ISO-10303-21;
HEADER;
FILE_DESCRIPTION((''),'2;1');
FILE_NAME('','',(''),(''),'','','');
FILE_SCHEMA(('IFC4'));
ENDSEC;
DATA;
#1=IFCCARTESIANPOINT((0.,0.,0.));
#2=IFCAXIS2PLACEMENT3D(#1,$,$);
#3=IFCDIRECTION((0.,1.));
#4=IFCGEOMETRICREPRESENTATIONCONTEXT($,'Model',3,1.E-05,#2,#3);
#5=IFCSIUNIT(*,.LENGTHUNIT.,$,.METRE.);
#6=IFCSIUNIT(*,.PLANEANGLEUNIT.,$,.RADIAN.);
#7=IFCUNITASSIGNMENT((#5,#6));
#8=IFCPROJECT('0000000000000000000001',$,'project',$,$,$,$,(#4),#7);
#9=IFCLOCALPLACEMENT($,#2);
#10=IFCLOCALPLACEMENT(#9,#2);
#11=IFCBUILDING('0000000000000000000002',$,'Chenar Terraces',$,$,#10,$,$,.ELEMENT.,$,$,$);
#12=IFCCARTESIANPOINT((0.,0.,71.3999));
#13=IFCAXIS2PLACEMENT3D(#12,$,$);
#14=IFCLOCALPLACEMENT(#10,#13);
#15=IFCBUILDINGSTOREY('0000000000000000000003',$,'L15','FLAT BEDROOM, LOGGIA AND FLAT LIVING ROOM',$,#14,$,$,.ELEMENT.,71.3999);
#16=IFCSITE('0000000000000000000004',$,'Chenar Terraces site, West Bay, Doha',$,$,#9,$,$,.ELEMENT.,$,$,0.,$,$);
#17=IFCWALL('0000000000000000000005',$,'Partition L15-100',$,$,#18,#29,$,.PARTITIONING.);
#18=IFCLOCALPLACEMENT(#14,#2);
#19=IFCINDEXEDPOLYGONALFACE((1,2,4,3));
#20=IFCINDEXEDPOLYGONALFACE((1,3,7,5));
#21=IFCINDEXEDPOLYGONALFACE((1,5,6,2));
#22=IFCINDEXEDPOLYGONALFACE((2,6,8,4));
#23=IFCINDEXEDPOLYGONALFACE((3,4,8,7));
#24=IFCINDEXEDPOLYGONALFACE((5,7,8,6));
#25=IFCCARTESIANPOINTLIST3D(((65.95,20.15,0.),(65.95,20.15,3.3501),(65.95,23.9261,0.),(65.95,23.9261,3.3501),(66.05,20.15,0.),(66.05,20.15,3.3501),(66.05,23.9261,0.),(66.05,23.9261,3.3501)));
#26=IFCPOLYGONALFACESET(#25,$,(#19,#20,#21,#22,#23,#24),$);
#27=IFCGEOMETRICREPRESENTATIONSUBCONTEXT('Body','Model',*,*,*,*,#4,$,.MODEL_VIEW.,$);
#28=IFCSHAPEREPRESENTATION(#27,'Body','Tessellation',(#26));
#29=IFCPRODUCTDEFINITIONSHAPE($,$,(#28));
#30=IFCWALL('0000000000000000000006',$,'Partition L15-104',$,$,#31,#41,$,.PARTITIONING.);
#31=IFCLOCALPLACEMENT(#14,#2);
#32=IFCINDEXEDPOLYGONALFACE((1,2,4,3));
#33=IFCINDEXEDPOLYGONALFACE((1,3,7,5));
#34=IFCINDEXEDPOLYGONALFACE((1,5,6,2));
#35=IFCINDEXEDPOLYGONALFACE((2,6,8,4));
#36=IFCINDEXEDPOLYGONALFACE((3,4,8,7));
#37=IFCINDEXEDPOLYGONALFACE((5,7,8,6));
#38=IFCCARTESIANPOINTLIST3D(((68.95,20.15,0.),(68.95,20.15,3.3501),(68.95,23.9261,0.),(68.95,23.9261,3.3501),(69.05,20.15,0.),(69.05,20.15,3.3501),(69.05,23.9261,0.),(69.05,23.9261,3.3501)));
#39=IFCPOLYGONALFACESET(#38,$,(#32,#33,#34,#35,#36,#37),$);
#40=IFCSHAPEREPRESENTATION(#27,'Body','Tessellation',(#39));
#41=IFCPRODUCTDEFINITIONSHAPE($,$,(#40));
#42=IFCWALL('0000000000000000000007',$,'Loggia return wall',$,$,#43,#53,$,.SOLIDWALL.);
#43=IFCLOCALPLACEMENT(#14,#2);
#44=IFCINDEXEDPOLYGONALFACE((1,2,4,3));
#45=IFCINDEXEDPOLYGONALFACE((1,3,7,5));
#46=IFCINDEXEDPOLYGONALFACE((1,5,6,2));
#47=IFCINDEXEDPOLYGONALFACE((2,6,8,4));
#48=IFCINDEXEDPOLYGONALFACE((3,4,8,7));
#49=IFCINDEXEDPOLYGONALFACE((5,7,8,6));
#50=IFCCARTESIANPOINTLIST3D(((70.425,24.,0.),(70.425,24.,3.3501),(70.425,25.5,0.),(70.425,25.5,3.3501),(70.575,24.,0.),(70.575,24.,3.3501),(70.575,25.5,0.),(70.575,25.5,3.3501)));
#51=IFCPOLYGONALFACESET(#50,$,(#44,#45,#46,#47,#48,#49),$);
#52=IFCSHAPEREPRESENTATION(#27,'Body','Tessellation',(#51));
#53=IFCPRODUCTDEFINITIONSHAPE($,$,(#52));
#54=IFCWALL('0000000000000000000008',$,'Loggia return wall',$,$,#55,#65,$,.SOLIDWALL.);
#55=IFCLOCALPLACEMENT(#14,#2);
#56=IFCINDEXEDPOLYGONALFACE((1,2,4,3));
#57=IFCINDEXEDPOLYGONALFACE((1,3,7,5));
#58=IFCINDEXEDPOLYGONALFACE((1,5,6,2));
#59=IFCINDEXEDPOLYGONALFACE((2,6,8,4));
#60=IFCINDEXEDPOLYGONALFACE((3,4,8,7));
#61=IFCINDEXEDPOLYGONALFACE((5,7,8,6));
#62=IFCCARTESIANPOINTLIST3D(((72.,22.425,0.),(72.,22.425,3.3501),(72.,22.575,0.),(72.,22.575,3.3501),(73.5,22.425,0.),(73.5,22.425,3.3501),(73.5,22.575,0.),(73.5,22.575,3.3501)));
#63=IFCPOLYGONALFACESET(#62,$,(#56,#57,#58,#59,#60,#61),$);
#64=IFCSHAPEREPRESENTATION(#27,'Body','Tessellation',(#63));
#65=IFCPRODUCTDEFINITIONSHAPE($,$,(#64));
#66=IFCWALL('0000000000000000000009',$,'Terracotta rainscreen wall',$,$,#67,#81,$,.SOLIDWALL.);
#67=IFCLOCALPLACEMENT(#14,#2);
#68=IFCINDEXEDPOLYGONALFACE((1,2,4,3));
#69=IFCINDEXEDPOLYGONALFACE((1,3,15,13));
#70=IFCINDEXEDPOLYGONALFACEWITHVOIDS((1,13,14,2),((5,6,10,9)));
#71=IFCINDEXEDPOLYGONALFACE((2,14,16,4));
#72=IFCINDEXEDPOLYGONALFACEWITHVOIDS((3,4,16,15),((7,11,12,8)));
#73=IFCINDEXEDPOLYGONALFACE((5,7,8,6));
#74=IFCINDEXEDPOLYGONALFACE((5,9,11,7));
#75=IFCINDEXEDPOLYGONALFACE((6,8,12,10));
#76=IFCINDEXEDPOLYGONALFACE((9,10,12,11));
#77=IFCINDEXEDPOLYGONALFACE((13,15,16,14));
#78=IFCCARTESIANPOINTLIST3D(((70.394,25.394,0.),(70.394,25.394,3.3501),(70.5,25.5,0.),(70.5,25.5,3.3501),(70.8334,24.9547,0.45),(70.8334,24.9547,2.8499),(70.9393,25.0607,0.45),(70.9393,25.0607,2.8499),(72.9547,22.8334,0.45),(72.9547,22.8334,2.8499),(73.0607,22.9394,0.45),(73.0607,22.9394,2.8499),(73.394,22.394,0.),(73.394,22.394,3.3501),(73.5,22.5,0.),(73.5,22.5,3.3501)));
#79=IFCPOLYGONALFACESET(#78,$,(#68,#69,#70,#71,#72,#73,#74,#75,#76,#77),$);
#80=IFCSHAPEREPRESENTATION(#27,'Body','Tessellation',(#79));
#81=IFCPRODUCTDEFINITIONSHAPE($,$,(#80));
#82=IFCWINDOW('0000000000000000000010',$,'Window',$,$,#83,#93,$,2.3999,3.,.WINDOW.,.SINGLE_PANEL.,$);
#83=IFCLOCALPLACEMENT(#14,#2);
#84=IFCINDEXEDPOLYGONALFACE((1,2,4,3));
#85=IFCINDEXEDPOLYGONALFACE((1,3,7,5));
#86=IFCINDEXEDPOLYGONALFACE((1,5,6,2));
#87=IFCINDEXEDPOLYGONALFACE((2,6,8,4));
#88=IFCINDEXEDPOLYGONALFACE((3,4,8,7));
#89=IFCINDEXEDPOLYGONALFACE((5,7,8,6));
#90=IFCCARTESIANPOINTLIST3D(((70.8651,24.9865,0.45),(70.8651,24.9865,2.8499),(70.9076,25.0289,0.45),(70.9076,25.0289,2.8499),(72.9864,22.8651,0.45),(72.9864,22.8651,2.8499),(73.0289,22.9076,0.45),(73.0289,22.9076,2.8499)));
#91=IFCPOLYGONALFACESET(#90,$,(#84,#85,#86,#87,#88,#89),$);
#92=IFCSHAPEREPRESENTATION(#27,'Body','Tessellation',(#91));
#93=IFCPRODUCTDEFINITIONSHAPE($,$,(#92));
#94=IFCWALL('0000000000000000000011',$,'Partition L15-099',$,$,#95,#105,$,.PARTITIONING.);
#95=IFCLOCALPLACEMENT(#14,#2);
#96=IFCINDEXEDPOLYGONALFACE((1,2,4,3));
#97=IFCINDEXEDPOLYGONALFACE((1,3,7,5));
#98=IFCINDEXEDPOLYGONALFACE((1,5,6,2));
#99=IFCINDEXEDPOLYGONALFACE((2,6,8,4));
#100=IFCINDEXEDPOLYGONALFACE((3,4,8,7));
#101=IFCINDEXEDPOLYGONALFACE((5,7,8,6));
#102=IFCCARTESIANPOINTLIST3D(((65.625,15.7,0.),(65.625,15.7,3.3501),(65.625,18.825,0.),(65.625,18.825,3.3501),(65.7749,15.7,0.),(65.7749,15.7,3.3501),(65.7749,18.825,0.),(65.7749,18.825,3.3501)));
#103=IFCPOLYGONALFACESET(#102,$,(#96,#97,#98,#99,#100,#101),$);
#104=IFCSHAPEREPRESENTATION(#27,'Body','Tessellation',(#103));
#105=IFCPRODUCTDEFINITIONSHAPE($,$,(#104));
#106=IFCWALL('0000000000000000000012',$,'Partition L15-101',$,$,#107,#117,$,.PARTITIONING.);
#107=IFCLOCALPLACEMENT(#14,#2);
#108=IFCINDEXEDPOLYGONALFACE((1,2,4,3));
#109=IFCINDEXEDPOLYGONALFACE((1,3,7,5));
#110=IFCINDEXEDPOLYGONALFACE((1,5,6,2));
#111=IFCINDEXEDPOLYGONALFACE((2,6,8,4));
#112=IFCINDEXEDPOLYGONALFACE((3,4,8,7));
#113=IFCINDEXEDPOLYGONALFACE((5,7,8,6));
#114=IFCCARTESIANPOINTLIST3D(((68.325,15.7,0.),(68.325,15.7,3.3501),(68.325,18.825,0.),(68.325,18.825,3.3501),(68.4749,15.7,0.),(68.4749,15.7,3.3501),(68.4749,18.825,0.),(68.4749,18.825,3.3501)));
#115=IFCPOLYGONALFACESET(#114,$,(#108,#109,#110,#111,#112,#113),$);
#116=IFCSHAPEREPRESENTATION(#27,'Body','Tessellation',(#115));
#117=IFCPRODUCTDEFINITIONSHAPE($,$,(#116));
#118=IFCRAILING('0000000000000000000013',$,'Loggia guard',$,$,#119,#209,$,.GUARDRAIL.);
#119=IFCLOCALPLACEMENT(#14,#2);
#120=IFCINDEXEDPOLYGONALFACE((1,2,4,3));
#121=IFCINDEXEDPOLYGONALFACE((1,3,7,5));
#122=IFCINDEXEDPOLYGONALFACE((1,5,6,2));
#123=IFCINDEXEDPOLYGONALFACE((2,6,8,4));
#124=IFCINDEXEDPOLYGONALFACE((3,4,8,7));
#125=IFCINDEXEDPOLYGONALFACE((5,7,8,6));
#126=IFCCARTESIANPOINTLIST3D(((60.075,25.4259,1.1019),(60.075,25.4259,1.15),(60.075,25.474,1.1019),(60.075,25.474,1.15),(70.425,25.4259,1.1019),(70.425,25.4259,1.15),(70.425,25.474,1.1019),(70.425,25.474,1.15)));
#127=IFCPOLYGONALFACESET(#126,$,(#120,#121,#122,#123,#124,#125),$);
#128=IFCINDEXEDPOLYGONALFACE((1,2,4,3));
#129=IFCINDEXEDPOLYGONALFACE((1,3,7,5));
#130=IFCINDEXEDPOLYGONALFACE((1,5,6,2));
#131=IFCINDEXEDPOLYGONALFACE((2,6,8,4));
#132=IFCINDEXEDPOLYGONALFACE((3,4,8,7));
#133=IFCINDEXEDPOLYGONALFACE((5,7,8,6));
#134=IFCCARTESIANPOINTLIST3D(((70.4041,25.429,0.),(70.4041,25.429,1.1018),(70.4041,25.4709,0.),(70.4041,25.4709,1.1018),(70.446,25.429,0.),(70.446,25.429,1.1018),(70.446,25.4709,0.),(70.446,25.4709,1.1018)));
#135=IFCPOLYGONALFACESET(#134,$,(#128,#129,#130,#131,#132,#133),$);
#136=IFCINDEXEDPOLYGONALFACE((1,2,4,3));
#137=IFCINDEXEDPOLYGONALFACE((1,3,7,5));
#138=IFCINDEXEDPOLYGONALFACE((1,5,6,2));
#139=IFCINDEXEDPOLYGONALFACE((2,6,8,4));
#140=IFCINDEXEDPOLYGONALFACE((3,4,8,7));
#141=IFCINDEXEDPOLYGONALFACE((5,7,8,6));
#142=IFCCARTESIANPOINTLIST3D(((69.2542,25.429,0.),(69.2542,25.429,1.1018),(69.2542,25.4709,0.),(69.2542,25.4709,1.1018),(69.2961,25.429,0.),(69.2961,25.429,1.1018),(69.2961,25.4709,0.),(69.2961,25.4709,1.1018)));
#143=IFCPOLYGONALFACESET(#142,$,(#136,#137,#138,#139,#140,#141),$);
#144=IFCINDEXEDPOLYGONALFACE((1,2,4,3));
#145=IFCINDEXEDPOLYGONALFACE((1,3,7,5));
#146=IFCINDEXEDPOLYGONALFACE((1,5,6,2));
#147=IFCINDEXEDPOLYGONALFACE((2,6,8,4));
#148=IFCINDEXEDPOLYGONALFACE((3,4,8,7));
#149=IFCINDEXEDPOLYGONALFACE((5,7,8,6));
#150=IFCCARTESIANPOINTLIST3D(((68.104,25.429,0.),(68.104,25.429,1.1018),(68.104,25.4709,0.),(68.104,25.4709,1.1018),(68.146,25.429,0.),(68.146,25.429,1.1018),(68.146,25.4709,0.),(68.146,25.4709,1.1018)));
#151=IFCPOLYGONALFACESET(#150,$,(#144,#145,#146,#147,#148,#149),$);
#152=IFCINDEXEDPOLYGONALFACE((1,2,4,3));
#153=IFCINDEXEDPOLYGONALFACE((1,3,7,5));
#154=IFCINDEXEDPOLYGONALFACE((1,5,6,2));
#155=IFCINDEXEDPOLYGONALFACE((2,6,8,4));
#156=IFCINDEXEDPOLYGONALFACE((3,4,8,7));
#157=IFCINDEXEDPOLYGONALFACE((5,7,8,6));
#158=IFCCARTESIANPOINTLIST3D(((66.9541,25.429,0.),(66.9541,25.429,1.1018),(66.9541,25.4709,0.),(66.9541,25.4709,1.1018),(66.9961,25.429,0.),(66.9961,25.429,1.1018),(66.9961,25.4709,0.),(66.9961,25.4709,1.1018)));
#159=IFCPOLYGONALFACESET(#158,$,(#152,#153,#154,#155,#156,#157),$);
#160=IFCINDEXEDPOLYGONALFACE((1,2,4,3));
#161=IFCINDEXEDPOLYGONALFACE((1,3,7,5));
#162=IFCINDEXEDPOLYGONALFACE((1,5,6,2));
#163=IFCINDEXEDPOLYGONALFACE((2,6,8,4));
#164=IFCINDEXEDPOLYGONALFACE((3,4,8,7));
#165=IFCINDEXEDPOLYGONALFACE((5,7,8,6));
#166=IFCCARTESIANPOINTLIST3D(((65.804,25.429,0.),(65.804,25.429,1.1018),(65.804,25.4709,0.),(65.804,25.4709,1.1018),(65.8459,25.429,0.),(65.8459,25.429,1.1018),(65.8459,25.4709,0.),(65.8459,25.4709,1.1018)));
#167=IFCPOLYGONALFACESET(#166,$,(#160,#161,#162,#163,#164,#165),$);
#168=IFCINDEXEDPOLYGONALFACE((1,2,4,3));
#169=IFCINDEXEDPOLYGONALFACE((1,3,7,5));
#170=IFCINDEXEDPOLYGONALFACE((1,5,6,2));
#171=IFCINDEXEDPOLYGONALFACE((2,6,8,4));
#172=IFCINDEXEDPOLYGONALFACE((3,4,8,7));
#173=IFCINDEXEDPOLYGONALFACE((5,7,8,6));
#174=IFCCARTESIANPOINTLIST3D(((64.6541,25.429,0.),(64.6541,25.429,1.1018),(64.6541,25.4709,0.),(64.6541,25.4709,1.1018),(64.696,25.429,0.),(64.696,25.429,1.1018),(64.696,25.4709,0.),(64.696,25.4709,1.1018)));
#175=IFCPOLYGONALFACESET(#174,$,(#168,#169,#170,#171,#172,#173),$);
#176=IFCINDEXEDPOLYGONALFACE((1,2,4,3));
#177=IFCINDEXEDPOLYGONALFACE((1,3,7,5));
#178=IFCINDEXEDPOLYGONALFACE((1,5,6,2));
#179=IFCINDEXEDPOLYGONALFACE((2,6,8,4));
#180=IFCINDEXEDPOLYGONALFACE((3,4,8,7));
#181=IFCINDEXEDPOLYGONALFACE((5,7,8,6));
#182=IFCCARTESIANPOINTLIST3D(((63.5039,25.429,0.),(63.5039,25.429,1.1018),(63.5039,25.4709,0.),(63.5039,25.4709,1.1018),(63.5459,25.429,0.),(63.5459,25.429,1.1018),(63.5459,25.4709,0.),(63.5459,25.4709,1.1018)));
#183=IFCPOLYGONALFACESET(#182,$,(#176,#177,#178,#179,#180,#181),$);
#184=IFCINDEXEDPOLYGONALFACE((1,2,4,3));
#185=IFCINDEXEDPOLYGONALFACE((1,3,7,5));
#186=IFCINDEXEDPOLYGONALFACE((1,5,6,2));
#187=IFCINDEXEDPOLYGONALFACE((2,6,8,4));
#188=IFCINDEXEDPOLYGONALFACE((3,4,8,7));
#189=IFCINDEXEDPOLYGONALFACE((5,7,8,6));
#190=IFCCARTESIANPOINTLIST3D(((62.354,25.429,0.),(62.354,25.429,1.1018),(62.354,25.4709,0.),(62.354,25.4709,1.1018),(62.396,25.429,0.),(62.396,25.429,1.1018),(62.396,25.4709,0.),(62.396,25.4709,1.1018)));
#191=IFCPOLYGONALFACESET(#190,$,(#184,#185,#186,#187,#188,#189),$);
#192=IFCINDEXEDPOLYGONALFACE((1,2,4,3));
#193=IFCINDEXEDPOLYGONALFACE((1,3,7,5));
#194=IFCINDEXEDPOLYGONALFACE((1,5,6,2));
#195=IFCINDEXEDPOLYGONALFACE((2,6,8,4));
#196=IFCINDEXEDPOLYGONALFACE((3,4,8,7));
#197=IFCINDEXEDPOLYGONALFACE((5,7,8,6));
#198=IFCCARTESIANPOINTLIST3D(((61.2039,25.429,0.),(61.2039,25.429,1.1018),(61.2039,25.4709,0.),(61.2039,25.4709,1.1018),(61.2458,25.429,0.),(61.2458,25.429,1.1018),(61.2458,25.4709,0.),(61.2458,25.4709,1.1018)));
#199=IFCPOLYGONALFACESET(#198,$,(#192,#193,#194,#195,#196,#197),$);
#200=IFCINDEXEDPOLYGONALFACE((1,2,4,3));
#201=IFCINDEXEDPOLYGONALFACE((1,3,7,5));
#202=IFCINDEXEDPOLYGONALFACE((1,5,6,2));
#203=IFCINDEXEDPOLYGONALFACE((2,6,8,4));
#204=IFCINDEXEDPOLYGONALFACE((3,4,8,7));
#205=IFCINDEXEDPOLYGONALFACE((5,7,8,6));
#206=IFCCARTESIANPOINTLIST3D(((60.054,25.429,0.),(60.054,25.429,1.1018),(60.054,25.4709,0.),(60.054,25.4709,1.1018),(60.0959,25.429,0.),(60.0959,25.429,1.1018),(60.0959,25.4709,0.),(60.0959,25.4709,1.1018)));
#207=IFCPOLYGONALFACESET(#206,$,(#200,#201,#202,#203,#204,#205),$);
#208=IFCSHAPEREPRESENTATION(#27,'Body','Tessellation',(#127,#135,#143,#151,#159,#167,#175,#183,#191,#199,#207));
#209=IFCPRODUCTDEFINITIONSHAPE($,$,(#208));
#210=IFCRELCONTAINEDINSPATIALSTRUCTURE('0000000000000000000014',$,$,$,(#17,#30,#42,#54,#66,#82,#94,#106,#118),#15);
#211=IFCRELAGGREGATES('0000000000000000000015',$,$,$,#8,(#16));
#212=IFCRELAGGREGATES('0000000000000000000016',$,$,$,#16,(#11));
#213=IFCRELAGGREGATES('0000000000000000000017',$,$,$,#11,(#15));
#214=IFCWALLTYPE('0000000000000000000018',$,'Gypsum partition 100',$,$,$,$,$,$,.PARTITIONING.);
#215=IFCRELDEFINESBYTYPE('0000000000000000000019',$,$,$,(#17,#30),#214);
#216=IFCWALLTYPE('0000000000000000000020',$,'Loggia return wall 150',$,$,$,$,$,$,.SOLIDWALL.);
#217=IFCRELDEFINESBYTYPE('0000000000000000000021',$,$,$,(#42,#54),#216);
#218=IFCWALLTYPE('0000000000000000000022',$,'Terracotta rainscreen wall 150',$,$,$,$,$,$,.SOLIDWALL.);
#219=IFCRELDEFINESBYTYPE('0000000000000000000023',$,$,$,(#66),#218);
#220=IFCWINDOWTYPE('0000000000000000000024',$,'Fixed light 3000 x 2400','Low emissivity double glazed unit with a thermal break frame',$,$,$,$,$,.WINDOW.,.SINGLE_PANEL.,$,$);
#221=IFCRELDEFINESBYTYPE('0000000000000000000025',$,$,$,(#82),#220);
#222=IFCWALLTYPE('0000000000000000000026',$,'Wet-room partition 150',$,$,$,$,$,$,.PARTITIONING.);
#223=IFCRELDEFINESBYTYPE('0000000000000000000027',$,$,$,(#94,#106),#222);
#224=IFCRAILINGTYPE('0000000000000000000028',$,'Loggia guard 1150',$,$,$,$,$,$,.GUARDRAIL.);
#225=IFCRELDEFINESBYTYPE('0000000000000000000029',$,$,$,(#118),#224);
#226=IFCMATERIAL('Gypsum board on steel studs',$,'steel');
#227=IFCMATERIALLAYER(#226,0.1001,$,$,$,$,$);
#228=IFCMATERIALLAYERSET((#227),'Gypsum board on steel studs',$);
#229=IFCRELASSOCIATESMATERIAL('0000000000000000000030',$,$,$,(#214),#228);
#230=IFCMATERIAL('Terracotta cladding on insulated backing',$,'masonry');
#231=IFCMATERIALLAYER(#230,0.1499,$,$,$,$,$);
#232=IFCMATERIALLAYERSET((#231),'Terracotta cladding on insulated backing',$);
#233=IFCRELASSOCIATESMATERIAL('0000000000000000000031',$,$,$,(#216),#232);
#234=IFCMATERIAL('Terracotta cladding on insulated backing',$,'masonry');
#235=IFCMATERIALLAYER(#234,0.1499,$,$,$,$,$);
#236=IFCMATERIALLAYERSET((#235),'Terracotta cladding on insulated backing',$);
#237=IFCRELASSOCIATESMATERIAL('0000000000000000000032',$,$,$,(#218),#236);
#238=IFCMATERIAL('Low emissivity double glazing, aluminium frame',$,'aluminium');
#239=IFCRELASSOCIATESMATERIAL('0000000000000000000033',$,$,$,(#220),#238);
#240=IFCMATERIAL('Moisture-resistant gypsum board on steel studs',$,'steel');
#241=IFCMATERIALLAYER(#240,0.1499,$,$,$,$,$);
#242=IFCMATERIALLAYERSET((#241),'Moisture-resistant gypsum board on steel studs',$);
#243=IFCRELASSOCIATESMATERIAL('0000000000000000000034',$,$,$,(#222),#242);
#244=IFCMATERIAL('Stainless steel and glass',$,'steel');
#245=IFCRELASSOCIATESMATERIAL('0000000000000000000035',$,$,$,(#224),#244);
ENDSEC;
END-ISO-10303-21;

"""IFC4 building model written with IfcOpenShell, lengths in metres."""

from ifc_helpers import new_model, si_unit, direction, frame, frame_2d, origin, origin_2d, place, context, subcontext, project, spatial, rectangle, extrude, material, layer, layer_set, type_object, element, fill, save


model = new_model("IFC4")

# Units and contexts
model_context = context("Model", 3, precision=1e-05, world=origin(), true_north=direction((0.0, 1.0)))
body_context = subcontext(model_context, "Body", "Model", "MODEL_VIEW")
ifc_project = project(units=[si_unit("LENGTHUNIT", "METRE"), si_unit("PLANEANGLEUNIT", "RADIAN")], contexts=[model_context])

# Site, building, storey
site_placement = place(None, origin())
site = spatial("IfcSite", under=ifc_project, at=site_placement, Name="Chenar Terraces site, West Bay, Doha", CompositionType="ELEMENT", RefElevation=0.0)
building_placement = place(site_placement, origin())
building = spatial("IfcBuilding", under=site, at=building_placement, Name="Chenar Terraces", CompositionType="ELEMENT")
storey_placement = place(building_placement, frame((0.0, 0.0, 71.3999)))
storey = spatial("IfcBuildingStorey", under=building, at=storey_placement, Name="L15", Description="FLAT BEDROOM, LOGGIA AND FLAT LIVING ROOM", CompositionType="ELEMENT", Elevation=71.3999)

# Walls
ifc_material_1 = material(Name="Gypsum board on steel studs", Category="steel")
ifc_layer_1 = layer(ifc_material_1, 0.1001)
ifc_layer_set_1 = layer_set([ifc_layer_1], Name="Gypsum board on steel studs")
wall_type_1 = type_object("IfcWallType", Name="Gypsum partition 100", PredefinedType="PARTITIONING", material=ifc_layer_set_1)
for number, where, z_axis, x_axis, name in (
    (1, (66.0, 20.1499, 0.0), (0.0, 0.0, 1.0), (0.0, 1.0, 0.0), "Partition L15-100"),
    (2, (69.0, 20.1499, 0.0), (0.0, 0.0, 1.0), (0.0, 1.0, 0.0), "Partition L15-104"),
):
    element("IfcWall", number, at=place(storey_placement, frame(where, z_axis=z_axis, x_axis=x_axis)), inside=storey, type_object=wall_type_1, Name=name, PredefinedType="PARTITIONING", context=body_context, shape_type="SweptSolid", body=[
        extrude(rectangle(XDim=3.7761, YDim=0.1001, at=frame_2d((1.8882, 0.0))), origin(), (0.0, 0.0, 1.0), 3.3501),
    ])
ifc_material_2 = material(Name="Terracotta cladding on insulated backing", Category="masonry")
ifc_layer_2 = layer(ifc_material_2, 0.1499)
ifc_layer_set_2 = layer_set([ifc_layer_2], Name="Terracotta cladding on insulated backing")
wall_type_2 = type_object("IfcWallType", Name="Loggia return wall 150", PredefinedType="SOLIDWALL", material=ifc_layer_set_2)
for number, where, z_axis, x_axis, name in (
    (3, (70.5, 25.5, 0.0), (0.0, 0.0, 1.0), (0.0, -1.0, 0.0), "Loggia return wall"),
    (4, (73.5, 22.5, 0.0), (0.0, 0.0, 1.0), (-1.0, 0.0, 0.0), "Loggia return wall"),
):
    element("IfcWall", number, at=place(storey_placement, frame(where, z_axis=z_axis, x_axis=x_axis)), inside=storey, type_object=wall_type_2, Name=name, PredefinedType="SOLIDWALL", context=body_context, shape_type="SweptSolid", body=[
        extrude(rectangle(XDim=1.5, YDim=0.1499, at=frame_2d((0.75, 0.0))), origin(), (0.0, 0.0, 1.0), 3.3501),
    ])

# Wall, opening, window
ifc_material_3 = material(Name="Terracotta cladding on insulated backing", Category="masonry")
ifc_layer_3 = layer(ifc_material_3, 0.1499)
ifc_layer_set_3 = layer_set([ifc_layer_3], Name="Terracotta cladding on insulated backing")
wall_type_3 = type_object("IfcWallType", Name="Terracotta rainscreen wall 150", PredefinedType="SOLIDWALL", material=ifc_layer_set_3)
wall_1_placement = place(storey_placement, frame((73.447, 22.447, 0.0), z_axis=(0.0, 0.0, 1.0), x_axis=(-0.707107, 0.707107, 0.0)))
wall_1 = element("IfcWall", 5, at=wall_1_placement, inside=storey, type_object=wall_type_3, Name="Terracotta rainscreen wall", PredefinedType="SOLIDWALL", context=body_context, shape_type="SweptSolid", body=[
    extrude(rectangle(XDim=4.2427, YDim=0.1499, at=frame_2d((2.1213, 0.0))), origin(), (0.0, 0.0, 1.0), 3.3501),
])
opening_1_placement = place(wall_1_placement, frame((0.6213, 0.0, 0.45)))
opening_1 = element("IfcOpeningElement", 6, at=opening_1_placement, cuts=wall_1, PredefinedType="OPENING", context=body_context, shape_type="SweptSolid", body=[
    extrude(rectangle(XDim=3.0, YDim=2.3999, at=frame_2d((1.5, 1.2))), frame((0.0, 0.085, 0.0), z_axis=(0.0, -1.0, 0.0), x_axis=(1.0, 0.0, 0.0)), (0.0, 0.0, 1.0), 0.1699),
])
ifc_material_4 = material(Name="Low emissivity double glazing, aluminium frame", Category="aluminium")
window_type_1 = type_object("IfcWindowType", Name="Fixed light 3000 x 2400", Description="Low emissivity double glazed unit with a thermal break frame", PartitioningType="SINGLE_PANEL", PredefinedType="WINDOW", material=ifc_material_4)
window_1_placement = place(opening_1_placement, origin())
window_1 = element("IfcWindow", 7, at=window_1_placement, inside=storey, type_object=window_type_1, Name="Window", OverallHeight=2.3999, OverallWidth=3.0, PartitioningType="SINGLE_PANEL", PredefinedType="WINDOW", context=body_context, shape_type="SweptSolid", body=[
    extrude(rectangle(XDim=3.0, YDim=2.3999, at=frame_2d((1.5, 1.2))), frame((0.0, 0.03, 0.0), z_axis=(0.0, -1.0, 0.0), x_axis=(1.0, 0.0, 0.0)), (0.0, 0.0, 1.0), 0.0601),
])
fill(opening_1, window_1)

# Walls
ifc_material_5 = material(Name="Moisture-resistant gypsum board on steel studs", Category="steel")
ifc_layer_4 = layer(ifc_material_5, 0.1499)
ifc_layer_set_4 = layer_set([ifc_layer_4], Name="Moisture-resistant gypsum board on steel studs")
wall_type_4 = type_object("IfcWallType", Name="Wet-room partition 150", PredefinedType="PARTITIONING", material=ifc_layer_set_4)
for number, where, z_axis, x_axis, name in (
    (8, (65.7, 15.7, 0.0), (0.0, 0.0, 1.0), (0.0, 1.0, 0.0), "Partition L15-099"),
    (9, (68.3999, 15.7, 0.0), (0.0, 0.0, 1.0), (0.0, 1.0, 0.0), "Partition L15-101"),
):
    element("IfcWall", number, at=place(storey_placement, frame(where, z_axis=z_axis, x_axis=x_axis)), inside=storey, type_object=wall_type_4, Name=name, PredefinedType="PARTITIONING", context=body_context, shape_type="SweptSolid", body=[
        extrude(rectangle(XDim=3.125, YDim=0.1499, at=frame_2d((1.5625, 0.0))), origin(), (0.0, 0.0, 1.0), 3.3501),
    ])

# Railing
ifc_material_6 = material(Name="Stainless steel and glass", Category="steel")
railing_type = type_object("IfcRailingType", Name="Loggia guard 1150", PredefinedType="GUARDRAIL", material=ifc_material_6)
railing_placement = place(storey_placement, frame((70.425, 25.45, 0.0)))
element("IfcRailing", 10, at=railing_placement, inside=storey, type_object=railing_type, Name="Loggia guard", PredefinedType="GUARDRAIL", context=body_context, shape_type="SweptSolid", body=[
    extrude(rectangle(XDim=0.0481, YDim=0.0481, at=origin_2d()), frame((0.0, 0.0, 1.126), z_axis=(-1.0, 0.0, 0.0), x_axis=(0.0, -1.0, 0.0)), (0.0, 0.0, 1.0), 10.3501),
    extrude(rectangle(XDim=0.042, YDim=0.042, at=origin_2d()), origin(), (0.0, 0.0, 1.0), 1.1018),
    extrude(rectangle(XDim=0.042, YDim=0.042, at=origin_2d()), frame((-1.1499, 0.0, 0.0)), (0.0, 0.0, 1.0), 1.1018),
    extrude(rectangle(XDim=0.042, YDim=0.042, at=origin_2d()), frame((-2.3, 0.0, 0.0)), (0.0, 0.0, 1.0), 1.1018),
    extrude(rectangle(XDim=0.042, YDim=0.042, at=origin_2d()), frame((-3.45, 0.0, 0.0)), (0.0, 0.0, 1.0), 1.1018),
    extrude(rectangle(XDim=0.042, YDim=0.042, at=origin_2d()), frame((-4.6001, 0.0, 0.0)), (0.0, 0.0, 1.0), 1.1018),
    extrude(rectangle(XDim=0.042, YDim=0.042, at=origin_2d()), frame((-5.75, 0.0, 0.0)), (0.0, 0.0, 1.0), 1.1018),
    extrude(rectangle(XDim=0.042, YDim=0.042, at=origin_2d()), frame((-6.9001, 0.0, 0.0)), (0.0, 0.0, 1.0), 1.1018),
    extrude(rectangle(XDim=0.042, YDim=0.042, at=origin_2d()), frame((-8.05, 0.0, 0.0)), (0.0, 0.0, 1.0), 1.1018),
    extrude(rectangle(XDim=0.042, YDim=0.042, at=origin_2d()), frame((-9.2002, 0.0, 0.0)), (0.0, 0.0, 1.0), 1.1018),
    extrude(rectangle(XDim=0.042, YDim=0.042, at=origin_2d()), frame((-10.3501, 0.0, 0.0)), (0.0, 0.0, 1.0), 1.1018),
])

save(model, "model.ifc")
